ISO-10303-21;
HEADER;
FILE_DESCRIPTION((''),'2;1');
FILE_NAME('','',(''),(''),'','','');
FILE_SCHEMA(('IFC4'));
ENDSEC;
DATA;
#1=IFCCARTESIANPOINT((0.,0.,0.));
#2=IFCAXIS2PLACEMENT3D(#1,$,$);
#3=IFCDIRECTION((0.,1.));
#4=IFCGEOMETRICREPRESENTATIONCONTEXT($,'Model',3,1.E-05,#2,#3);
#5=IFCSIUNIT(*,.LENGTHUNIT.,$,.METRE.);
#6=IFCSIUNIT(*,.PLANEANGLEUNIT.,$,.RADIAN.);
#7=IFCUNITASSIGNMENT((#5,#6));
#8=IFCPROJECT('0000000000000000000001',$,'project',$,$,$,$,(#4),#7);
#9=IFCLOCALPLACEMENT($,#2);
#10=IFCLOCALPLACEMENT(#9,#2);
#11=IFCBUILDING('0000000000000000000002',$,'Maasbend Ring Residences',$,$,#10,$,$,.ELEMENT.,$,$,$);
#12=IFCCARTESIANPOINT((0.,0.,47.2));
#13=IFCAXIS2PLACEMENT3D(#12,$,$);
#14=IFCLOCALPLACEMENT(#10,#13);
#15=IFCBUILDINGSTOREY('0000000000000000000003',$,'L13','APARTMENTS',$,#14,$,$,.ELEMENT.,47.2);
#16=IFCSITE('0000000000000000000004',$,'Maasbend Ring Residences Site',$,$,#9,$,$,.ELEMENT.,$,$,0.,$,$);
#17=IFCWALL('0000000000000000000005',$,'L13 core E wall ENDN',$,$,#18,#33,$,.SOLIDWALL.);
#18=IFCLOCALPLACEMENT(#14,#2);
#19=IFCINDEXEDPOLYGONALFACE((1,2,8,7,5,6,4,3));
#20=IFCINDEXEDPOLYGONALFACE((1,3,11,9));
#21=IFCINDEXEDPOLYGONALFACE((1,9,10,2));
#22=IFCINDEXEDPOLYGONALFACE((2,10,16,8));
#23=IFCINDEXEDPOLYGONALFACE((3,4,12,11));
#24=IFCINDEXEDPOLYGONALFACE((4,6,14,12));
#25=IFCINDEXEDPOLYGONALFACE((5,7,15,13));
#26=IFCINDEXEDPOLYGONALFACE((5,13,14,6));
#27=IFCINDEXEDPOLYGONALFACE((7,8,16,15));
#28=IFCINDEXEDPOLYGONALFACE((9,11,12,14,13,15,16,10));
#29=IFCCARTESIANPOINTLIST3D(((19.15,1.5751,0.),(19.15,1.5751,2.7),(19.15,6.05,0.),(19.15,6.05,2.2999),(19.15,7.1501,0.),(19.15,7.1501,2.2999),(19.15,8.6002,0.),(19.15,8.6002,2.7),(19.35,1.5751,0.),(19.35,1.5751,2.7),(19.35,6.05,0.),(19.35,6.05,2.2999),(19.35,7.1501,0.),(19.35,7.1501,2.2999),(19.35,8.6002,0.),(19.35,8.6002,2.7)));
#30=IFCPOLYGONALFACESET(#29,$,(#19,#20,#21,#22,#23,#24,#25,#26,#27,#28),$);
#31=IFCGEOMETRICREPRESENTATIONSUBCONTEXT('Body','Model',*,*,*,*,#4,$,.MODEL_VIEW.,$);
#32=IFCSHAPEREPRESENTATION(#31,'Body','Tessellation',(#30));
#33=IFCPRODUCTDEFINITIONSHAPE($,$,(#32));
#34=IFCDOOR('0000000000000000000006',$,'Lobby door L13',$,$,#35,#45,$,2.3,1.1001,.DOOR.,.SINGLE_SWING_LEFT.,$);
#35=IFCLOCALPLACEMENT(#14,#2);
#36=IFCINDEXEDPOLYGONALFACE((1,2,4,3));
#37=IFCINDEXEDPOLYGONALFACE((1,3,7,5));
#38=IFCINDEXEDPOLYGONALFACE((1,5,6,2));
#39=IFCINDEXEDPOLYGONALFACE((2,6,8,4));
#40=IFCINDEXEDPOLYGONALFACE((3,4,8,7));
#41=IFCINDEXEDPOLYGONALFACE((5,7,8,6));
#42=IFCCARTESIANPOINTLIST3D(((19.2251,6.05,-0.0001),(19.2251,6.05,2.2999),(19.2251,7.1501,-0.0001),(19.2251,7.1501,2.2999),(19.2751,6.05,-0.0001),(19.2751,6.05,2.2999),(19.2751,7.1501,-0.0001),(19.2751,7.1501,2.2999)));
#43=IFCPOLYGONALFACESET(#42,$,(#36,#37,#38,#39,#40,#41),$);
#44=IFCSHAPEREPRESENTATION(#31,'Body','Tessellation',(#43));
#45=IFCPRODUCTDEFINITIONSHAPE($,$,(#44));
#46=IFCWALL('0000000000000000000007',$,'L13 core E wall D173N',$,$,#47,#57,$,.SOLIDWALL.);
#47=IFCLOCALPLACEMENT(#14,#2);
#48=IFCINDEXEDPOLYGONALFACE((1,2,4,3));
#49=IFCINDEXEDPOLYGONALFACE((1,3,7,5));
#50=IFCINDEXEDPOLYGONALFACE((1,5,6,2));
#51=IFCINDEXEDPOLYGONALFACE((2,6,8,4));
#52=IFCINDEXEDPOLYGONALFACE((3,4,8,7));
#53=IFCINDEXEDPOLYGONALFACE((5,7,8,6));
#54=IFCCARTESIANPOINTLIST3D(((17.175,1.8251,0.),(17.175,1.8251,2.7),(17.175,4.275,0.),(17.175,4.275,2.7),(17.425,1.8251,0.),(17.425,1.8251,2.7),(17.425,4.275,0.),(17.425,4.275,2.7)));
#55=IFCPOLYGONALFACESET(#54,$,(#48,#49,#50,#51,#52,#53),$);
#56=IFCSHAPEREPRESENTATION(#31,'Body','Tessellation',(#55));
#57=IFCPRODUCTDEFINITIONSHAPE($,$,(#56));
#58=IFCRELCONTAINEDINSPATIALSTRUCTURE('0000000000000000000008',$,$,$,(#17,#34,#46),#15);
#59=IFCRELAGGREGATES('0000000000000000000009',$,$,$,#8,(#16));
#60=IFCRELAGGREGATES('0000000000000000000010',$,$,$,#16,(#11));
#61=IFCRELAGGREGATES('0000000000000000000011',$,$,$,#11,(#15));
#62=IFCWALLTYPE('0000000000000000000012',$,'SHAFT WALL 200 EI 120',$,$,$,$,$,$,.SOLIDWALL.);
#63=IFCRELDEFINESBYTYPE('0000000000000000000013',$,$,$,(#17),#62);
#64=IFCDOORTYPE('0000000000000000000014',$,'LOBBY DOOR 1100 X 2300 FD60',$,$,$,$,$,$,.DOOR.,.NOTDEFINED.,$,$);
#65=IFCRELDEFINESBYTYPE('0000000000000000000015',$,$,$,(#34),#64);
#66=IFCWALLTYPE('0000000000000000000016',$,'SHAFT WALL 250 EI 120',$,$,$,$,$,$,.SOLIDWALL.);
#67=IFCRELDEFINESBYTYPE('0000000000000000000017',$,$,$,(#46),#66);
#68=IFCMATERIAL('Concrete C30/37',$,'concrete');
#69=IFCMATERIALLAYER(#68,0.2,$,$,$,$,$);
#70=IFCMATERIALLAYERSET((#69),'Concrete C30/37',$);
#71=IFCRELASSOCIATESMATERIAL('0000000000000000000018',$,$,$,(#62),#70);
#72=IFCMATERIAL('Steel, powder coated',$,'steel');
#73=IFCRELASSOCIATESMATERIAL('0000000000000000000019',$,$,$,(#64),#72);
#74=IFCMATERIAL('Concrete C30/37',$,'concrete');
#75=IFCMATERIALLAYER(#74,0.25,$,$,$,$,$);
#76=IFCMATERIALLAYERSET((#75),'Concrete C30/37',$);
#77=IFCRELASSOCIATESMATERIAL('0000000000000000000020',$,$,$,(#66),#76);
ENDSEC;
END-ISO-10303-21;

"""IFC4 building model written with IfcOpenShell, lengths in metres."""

from ifc_helpers import new_model, si_unit, direction, frame, frame_2d, origin, place, context, subcontext, project, spatial, rectangle, extrude, material, layer, layer_set, type_object, element, fill, save


model = new_model("IFC4")

# Units and contexts
model_context = context("Model", 3, precision=1e-05, world=origin(), true_north=direction((0.0, 1.0)))
body_context = subcontext(model_context, "Body", "Model", "MODEL_VIEW")
ifc_project = project(units=[si_unit("LENGTHUNIT", "METRE"), si_unit("PLANEANGLEUNIT", "RADIAN")], contexts=[model_context])

# Site, building, storey
site_placement = place(None, origin())
site = spatial("IfcSite", under=ifc_project, at=site_placement, Name="Maasbend Ring Residences Site", CompositionType="ELEMENT", RefElevation=0.0)
building_placement = place(site_placement, origin())
building = spatial("IfcBuilding", under=site, at=building_placement, Name="Maasbend Ring Residences", CompositionType="ELEMENT")
storey_placement = place(building_placement, frame((0.0, 0.0, 47.2)))
storey = spatial("IfcBuildingStorey", under=building, at=storey_placement, Name="L13", Description="APARTMENTS", CompositionType="ELEMENT", Elevation=47.2)

# Wall, opening, door
ifc_material_1 = material(Name="Concrete C30/37", Category="concrete")
ifc_layer_1 = layer(ifc_material_1, 0.2)
ifc_layer_set_1 = layer_set([ifc_layer_1], Name="Concrete C30/37")
wall_type_1 = type_object("IfcWallType", Name="SHAFT WALL 200 EI 120", PredefinedType="SOLIDWALL", material=ifc_layer_set_1)
wall_1_placement = place(storey_placement, frame((19.25, 1.575, 0.0), z_axis=(0.0, 0.0, 1.0), x_axis=(0.0, 1.0, 0.0)))
wall_1 = element("IfcWall", 1, at=wall_1_placement, inside=storey, type_object=wall_type_1, Name="L13 core E wall ENDN", PredefinedType="SOLIDWALL", context=body_context, shape_type="SweptSolid", body=[
    extrude(rectangle(XDim=7.0251, YDim=0.2, at=frame_2d((3.5127, 0.0))), origin(), (0.0, 0.0, 1.0), 2.7),
])
opening_1_placement = place(wall_1_placement, frame((4.4751, 0.0, 0.0)))
opening_1 = element("IfcOpeningElement", 2, at=opening_1_placement, cuts=wall_1, PredefinedType="OPENING", context=body_context, shape_type="SweptSolid", body=[
    extrude(rectangle(XDim=1.1001, YDim=2.3, at=frame_2d((0.55, 1.1499))), frame((0.0, 0.1099, 0.0), z_axis=(0.0, -1.0, 0.0), x_axis=(1.0, 0.0, 0.0)), (0.0, 0.0, 1.0), 0.22),
])
ifc_material_2 = material(Name="Steel, powder coated", Category="steel")
door_type_1 = type_object("IfcDoorType", Name="LOBBY DOOR 1100 X 2300 FD60", OperationType="NOTDEFINED", PredefinedType="DOOR", material=ifc_material_2)
door_1_placement = place(opening_1_placement, origin())
door_1 = element("IfcDoor", 3, at=door_1_placement, inside=storey, type_object=door_type_1, Name="Lobby door L13", OperationType="SINGLE_SWING_LEFT", OverallHeight=2.3, OverallWidth=1.1001, PredefinedType="DOOR", context=body_context, shape_type="SweptSolid", body=[
    extrude(rectangle(XDim=1.1001, YDim=2.3, at=frame_2d((0.55, 1.1499))), frame((0.0, 0.0249, 0.0), z_axis=(0.0, -1.0, 0.0), x_axis=(1.0, 0.0, 0.0)), (0.0, 0.0, 1.0), 0.05),
])
fill(opening_1, door_1)

# Wall
ifc_material_3 = material(Name="Concrete C30/37", Category="concrete")
ifc_layer_2 = layer(ifc_material_3, 0.25)
ifc_layer_set_2 = layer_set([ifc_layer_2], Name="Concrete C30/37")
wall_type_2 = type_object("IfcWallType", Name="SHAFT WALL 250 EI 120", PredefinedType="SOLIDWALL", material=ifc_layer_set_2)
wall_2_placement = place(storey_placement, frame((17.3, 1.825, 0.0), z_axis=(0.0, 0.0, 1.0), x_axis=(0.0, 1.0, 0.0)))
element("IfcWall", 4, at=wall_2_placement, inside=storey, type_object=wall_type_2, Name="L13 core E wall D173N", PredefinedType="SOLIDWALL", context=body_context, shape_type="SweptSolid", body=[
    extrude(rectangle(XDim=2.45, YDim=0.25, at=frame_2d((1.2251, 0.0))), origin(), (0.0, 0.0, 1.0), 2.7),
])

save(model, "model.ifc")
